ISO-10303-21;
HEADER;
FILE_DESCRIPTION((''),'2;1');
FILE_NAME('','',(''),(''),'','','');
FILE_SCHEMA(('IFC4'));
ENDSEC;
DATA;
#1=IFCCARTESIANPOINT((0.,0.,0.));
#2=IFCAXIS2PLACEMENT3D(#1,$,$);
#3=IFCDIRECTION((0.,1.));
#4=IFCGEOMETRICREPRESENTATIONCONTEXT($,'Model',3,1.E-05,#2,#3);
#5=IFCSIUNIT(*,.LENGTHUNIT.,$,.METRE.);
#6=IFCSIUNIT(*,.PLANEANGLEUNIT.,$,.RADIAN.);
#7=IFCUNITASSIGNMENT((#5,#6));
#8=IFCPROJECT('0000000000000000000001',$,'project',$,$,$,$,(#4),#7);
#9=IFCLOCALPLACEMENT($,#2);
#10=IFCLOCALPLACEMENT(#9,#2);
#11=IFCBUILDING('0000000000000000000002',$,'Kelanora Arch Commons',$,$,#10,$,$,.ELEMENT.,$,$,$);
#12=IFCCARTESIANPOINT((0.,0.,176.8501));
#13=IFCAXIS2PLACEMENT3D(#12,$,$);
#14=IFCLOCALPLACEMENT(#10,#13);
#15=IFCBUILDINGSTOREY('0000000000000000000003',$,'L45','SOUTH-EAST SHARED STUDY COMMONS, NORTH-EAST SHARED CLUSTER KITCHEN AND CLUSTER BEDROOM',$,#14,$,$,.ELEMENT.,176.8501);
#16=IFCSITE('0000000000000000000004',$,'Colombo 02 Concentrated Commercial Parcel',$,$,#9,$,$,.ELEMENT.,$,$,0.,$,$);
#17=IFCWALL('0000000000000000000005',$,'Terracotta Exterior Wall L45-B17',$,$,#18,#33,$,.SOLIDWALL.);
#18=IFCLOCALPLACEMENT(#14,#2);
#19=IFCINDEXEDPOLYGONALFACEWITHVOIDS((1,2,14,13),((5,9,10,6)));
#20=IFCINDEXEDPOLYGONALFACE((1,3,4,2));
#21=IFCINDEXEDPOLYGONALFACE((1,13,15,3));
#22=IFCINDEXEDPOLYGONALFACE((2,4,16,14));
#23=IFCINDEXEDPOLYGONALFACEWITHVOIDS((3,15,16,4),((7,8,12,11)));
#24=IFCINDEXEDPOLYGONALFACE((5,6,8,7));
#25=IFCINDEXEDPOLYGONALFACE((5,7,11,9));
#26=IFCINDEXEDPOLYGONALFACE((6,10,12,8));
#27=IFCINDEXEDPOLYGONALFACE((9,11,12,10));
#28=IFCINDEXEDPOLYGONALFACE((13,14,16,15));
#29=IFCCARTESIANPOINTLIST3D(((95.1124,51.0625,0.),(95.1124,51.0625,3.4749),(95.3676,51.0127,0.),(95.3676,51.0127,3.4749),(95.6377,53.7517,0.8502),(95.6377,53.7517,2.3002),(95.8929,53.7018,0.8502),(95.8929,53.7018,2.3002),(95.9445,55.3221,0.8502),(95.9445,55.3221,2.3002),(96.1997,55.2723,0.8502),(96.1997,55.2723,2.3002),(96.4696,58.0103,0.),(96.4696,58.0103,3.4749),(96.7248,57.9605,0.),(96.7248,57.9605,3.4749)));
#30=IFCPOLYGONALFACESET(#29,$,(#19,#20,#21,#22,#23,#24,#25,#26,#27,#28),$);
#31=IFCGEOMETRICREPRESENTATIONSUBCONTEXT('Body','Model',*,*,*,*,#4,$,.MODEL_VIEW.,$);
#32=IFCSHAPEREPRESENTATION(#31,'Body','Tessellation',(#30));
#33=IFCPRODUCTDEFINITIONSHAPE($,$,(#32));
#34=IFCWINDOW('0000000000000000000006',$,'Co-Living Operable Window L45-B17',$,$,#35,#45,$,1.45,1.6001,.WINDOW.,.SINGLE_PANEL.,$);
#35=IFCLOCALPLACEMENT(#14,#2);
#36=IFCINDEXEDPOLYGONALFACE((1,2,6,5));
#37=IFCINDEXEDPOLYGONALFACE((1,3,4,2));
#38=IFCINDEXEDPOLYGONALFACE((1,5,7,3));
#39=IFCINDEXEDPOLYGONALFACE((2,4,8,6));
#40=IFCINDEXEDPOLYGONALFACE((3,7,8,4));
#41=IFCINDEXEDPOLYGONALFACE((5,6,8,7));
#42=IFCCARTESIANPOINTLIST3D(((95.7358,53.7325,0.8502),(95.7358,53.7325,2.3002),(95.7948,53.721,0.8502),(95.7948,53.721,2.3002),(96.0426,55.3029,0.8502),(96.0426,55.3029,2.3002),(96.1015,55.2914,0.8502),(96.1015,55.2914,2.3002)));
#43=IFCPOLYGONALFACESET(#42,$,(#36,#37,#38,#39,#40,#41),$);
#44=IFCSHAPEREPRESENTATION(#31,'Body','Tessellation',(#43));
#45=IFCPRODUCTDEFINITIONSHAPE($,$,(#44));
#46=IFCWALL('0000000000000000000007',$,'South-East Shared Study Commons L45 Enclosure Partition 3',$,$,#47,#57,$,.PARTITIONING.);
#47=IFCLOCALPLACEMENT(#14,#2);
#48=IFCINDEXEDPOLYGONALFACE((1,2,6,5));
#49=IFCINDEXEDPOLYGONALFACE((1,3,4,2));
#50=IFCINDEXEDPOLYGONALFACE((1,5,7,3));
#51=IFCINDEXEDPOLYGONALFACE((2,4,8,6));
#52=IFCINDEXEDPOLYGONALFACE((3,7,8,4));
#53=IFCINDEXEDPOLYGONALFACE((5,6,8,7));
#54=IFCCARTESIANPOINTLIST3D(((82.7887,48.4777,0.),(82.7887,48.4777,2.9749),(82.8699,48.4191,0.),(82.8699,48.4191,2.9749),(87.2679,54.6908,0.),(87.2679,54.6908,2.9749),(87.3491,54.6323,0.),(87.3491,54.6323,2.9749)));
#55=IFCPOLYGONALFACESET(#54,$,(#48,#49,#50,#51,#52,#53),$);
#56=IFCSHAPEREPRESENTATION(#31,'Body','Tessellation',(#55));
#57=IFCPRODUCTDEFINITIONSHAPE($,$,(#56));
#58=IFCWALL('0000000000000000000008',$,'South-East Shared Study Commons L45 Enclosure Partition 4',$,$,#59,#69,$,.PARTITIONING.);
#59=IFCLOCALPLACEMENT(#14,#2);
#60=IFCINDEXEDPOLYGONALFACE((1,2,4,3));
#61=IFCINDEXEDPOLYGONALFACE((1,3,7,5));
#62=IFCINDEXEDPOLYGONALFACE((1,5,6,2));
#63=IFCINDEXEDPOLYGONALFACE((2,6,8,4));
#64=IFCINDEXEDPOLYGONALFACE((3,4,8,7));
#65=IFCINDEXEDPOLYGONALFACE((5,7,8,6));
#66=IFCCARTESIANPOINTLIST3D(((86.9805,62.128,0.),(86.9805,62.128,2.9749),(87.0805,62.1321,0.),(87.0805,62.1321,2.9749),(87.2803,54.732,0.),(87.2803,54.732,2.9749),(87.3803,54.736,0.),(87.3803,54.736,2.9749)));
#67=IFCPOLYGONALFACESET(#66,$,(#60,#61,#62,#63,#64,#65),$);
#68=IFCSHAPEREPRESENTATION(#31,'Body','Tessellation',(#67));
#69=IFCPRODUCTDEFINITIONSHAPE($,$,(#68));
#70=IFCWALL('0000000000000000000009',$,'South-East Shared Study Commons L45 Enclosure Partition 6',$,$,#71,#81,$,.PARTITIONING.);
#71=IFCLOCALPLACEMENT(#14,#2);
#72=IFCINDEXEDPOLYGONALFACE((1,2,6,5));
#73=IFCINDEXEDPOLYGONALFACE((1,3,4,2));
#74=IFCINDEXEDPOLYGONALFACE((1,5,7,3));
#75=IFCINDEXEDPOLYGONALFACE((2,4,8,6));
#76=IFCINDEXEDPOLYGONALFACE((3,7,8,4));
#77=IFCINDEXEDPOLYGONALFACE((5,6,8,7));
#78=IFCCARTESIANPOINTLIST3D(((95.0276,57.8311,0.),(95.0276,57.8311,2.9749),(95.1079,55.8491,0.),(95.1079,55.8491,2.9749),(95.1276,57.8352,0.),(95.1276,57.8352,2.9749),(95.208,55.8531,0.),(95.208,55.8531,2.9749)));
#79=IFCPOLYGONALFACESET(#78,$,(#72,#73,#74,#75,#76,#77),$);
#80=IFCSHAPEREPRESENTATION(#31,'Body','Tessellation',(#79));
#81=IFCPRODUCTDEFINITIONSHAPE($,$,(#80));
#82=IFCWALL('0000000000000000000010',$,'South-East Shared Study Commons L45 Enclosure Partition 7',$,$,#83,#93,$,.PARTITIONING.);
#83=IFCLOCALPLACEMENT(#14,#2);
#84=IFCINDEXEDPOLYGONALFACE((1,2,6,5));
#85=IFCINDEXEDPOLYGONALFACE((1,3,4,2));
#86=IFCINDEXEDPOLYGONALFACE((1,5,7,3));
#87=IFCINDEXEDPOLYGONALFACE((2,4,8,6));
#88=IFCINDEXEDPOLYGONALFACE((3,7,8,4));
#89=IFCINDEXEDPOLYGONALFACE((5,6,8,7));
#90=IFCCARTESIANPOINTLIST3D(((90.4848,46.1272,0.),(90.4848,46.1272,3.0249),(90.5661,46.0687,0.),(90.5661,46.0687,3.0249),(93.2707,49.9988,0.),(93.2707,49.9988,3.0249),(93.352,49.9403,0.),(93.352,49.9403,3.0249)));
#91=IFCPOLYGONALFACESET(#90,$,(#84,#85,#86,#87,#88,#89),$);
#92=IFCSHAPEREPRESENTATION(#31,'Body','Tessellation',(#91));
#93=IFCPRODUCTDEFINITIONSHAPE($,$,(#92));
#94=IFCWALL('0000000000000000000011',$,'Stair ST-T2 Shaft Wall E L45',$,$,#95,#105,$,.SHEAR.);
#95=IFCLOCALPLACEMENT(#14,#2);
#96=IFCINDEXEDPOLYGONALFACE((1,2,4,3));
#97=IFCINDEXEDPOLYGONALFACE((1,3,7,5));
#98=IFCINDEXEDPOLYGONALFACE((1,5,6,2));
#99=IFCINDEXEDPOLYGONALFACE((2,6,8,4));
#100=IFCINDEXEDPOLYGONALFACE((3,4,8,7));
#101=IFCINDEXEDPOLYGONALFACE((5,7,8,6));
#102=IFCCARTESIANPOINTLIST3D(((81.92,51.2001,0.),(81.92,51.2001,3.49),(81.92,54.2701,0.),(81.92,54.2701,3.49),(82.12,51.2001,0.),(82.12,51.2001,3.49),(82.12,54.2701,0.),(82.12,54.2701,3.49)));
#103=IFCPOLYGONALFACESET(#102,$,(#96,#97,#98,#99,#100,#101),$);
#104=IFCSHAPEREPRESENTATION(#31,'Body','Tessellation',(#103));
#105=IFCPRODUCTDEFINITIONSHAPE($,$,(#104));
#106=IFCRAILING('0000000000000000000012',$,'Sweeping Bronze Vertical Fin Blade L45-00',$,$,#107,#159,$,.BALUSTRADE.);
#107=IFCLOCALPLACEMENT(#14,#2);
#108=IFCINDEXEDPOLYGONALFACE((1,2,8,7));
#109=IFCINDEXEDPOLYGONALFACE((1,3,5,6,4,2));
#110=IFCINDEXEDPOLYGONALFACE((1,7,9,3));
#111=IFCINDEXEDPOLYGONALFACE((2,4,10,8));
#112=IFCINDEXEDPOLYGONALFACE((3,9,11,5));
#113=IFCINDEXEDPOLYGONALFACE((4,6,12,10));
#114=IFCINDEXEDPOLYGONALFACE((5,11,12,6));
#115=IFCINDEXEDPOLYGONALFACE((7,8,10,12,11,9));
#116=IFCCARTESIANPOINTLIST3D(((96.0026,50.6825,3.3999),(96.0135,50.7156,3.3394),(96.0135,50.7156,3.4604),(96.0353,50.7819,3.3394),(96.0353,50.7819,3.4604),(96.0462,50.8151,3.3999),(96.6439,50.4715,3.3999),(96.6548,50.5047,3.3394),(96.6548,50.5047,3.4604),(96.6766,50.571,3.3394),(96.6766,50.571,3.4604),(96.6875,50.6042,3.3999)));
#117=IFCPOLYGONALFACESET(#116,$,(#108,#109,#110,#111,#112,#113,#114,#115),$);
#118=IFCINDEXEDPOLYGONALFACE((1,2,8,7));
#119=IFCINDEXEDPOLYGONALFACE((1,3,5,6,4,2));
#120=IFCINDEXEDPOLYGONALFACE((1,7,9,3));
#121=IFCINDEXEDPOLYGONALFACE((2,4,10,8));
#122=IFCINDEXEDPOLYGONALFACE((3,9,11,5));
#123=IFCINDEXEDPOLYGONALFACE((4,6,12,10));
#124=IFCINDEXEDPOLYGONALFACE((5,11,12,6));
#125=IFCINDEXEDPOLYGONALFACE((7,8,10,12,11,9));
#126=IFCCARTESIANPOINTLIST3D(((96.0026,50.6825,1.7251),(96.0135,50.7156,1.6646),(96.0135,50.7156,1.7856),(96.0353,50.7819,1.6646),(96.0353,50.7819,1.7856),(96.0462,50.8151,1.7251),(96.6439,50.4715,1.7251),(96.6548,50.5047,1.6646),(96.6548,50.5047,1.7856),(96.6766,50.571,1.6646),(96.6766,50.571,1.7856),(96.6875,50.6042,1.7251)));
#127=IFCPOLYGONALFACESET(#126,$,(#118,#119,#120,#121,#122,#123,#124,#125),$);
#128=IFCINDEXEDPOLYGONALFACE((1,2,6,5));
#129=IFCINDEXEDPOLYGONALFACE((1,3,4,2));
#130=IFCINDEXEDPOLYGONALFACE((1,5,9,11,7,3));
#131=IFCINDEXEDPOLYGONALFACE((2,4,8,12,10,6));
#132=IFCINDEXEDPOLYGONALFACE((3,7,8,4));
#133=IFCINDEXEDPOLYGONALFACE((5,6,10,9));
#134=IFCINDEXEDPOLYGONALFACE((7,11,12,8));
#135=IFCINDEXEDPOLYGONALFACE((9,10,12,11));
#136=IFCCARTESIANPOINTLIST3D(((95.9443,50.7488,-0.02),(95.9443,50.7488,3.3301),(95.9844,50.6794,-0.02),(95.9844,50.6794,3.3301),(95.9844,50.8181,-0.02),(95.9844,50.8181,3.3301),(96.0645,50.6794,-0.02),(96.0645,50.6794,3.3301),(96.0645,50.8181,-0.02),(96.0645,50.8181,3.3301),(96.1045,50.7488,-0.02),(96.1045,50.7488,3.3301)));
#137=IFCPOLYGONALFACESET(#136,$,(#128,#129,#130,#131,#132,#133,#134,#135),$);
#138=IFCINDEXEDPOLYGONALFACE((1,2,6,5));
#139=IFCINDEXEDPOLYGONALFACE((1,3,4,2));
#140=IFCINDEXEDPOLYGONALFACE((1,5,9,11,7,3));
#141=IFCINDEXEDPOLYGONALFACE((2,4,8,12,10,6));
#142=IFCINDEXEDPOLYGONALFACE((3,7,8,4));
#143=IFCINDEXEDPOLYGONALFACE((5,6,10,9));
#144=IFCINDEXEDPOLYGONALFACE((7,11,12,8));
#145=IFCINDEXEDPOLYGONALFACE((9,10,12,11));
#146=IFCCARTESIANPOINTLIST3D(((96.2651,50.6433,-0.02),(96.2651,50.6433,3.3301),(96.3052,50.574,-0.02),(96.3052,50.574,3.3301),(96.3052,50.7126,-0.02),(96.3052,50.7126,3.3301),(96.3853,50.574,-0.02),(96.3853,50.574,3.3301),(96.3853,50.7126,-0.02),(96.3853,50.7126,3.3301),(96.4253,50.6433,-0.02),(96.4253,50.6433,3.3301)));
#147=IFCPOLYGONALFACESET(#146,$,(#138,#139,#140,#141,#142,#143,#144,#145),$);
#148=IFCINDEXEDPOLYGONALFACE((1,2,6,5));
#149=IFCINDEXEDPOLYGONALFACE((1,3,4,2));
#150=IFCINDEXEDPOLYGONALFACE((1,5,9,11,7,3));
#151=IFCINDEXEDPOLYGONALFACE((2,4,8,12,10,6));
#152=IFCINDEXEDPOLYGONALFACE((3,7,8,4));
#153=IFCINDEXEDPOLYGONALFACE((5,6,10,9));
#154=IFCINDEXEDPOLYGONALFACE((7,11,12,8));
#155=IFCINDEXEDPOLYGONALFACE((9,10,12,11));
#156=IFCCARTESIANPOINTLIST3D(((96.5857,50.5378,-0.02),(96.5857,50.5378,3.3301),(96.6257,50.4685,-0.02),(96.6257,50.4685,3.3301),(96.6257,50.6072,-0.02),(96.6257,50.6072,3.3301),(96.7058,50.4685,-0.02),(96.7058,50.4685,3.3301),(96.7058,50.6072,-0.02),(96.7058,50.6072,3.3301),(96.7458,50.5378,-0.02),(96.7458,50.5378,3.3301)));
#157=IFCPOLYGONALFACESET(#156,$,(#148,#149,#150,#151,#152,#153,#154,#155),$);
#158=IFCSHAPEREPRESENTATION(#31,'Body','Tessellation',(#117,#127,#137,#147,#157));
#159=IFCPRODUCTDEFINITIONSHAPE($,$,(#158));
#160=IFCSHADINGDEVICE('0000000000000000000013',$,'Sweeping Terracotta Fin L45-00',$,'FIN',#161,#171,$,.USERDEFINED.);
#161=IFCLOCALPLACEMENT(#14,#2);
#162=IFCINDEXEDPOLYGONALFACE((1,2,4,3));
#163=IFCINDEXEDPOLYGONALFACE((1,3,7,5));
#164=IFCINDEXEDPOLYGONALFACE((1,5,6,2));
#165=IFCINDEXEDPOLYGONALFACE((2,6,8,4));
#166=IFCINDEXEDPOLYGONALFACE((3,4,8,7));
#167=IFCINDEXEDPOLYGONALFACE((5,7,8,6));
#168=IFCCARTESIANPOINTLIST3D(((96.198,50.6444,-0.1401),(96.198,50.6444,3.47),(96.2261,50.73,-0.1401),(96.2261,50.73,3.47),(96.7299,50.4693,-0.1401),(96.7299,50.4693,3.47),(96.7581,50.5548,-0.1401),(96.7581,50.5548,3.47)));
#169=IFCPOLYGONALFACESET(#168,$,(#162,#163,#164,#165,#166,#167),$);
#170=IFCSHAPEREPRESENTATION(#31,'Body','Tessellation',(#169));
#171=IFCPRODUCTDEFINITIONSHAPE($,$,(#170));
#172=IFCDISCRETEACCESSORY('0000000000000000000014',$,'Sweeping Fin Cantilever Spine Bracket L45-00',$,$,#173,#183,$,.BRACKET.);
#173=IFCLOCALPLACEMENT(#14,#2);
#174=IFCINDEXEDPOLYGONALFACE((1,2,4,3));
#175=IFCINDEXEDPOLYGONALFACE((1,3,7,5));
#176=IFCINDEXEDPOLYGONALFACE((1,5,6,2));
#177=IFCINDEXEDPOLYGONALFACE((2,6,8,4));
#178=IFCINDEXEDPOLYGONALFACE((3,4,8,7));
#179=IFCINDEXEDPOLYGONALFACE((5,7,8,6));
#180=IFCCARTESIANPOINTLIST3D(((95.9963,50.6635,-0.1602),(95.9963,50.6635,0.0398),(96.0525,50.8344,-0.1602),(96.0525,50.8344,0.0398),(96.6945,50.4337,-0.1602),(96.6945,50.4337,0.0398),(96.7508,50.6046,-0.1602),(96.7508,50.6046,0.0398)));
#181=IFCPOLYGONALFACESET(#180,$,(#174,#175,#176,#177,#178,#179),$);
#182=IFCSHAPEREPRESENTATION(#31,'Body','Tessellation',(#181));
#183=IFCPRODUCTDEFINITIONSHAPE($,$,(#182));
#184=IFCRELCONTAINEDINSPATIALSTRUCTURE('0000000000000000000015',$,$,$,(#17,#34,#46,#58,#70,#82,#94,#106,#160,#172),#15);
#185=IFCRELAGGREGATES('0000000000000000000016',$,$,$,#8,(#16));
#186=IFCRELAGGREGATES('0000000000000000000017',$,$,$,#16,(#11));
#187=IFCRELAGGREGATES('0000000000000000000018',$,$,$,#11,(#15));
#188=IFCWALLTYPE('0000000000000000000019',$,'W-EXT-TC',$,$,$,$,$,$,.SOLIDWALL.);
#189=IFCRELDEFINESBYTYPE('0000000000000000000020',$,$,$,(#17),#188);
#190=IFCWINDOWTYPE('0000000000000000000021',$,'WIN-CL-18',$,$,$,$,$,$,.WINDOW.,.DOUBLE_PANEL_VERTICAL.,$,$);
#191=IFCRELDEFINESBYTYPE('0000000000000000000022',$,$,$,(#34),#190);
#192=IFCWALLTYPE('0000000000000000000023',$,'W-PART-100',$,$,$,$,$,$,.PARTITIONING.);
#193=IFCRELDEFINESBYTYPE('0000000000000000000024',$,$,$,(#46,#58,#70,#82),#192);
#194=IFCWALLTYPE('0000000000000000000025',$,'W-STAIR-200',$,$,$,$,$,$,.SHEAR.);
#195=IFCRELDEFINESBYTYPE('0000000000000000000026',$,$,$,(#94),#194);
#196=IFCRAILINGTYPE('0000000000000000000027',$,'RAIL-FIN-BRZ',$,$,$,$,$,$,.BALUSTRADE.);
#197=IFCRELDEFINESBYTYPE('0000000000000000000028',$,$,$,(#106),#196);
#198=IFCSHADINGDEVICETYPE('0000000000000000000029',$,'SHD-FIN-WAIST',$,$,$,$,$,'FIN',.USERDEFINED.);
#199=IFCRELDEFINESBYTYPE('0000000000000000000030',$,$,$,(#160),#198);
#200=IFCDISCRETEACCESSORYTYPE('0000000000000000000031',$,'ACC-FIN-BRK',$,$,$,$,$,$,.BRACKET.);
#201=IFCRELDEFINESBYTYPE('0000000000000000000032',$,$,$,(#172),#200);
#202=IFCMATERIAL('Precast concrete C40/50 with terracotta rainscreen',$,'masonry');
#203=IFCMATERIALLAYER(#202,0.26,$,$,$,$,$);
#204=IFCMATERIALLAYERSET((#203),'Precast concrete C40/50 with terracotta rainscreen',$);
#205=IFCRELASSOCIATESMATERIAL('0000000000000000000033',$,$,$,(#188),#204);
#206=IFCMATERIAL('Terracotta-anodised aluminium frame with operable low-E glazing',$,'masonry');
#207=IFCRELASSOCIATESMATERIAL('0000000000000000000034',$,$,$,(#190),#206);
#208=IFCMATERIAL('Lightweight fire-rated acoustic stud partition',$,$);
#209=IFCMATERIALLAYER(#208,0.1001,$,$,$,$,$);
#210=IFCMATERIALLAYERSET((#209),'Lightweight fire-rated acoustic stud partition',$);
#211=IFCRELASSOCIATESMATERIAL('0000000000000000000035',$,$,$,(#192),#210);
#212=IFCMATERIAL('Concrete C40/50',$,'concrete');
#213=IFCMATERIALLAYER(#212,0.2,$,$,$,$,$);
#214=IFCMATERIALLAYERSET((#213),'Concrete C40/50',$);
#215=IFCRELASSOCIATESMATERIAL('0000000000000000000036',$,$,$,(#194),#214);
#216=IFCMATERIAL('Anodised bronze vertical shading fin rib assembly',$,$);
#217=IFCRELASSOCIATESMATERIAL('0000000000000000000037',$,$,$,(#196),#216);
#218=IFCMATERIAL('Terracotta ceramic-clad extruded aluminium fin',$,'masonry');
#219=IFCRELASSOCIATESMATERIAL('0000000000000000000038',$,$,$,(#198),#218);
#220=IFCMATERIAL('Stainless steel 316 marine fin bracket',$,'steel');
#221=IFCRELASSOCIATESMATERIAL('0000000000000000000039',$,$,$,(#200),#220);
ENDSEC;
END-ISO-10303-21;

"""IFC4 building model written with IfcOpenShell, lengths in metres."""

from ifc_helpers import new_model, si_unit, direction, frame, frame_2d, origin, origin_2d, place, context, subcontext, project, spatial, polyline, rectangle, outline, extrude, source, transform, mapped, material, layer, layer_set, type_object, element, fill, save


model = new_model("IFC4")

# Units and contexts
model_context = context("Model", 3, precision=1e-05, world=origin(), true_north=direction((0.0, 1.0)))
body_context = subcontext(model_context, "Body", "Model", "MODEL_VIEW")
ifc_project = project(units=[si_unit("LENGTHUNIT", "METRE"), si_unit("PLANEANGLEUNIT", "RADIAN")], contexts=[model_context])

# Site, building, storey
site_placement = place(None, origin())
site = spatial("IfcSite", under=ifc_project, at=site_placement, Name="Colombo 02 Concentrated Commercial Parcel", CompositionType="ELEMENT", RefElevation=0.0)
building_placement = place(site_placement, origin())
building = spatial("IfcBuilding", under=site, at=building_placement, Name="Kelanora Arch Commons", CompositionType="ELEMENT")
storey_placement = place(building_placement, frame((0.0, 0.0, 176.8501)))
storey = spatial("IfcBuildingStorey", under=building, at=storey_placement, Name="L45", Description="SOUTH-EAST SHARED STUDY COMMONS, NORTH-EAST SHARED CLUSTER KITCHEN AND CLUSTER BEDROOM", CompositionType="ELEMENT", Elevation=176.8501)

# Wall, opening, window
ifc_material_1 = material(Name="Precast concrete C40/50 with terracotta rainscreen", Category="masonry")
ifc_layer_1 = layer(ifc_material_1, 0.26)
ifc_layer_set_1 = layer_set([ifc_layer_1], Name="Precast concrete C40/50 with terracotta rainscreen")
wall_type_1 = type_object("IfcWallType", Name="W-EXT-TC", PredefinedType="SOLIDWALL", material=ifc_layer_set_1)
wall_1_placement = place(storey_placement, frame((95.24, 51.0376, 0.0), z_axis=(0.0, 0.0, 1.0), x_axis=(0.191717, 0.98145, 0.0)))
wall_1 = element("IfcWall", 1, at=wall_1_placement, inside=storey, type_object=wall_type_1, Name="Terracotta Exterior Wall L45-B17", PredefinedType="SOLIDWALL", context=body_context, shape_type="SweptSolid", body=[
    extrude(rectangle(XDim=7.0791, YDim=0.26, at=frame_2d((3.5396, 0.0))), origin(), (0.0, 0.0, 1.0), 3.4749),
])
opening_placement = place(wall_1_placement, frame((2.74, 0.0, 0.8501)))
opening = element("IfcOpeningElement", 2, at=opening_placement, cuts=wall_1, PredefinedType="OPENING", context=body_context, shape_type="SweptSolid", body=[
    extrude(rectangle(XDim=1.6001, YDim=1.45, at=frame_2d((0.8, 0.7251))), frame((0.0, 0.1401, 0.0), z_axis=(0.0, -1.0, 0.0), x_axis=(1.0, 0.0, 0.0)), (0.0, 0.0, 1.0), 0.28),
])
ifc_material_2 = material(Name="Terracotta-anodised aluminium frame with operable low-E glazing", Category="masonry")
window_type = type_object("IfcWindowType", Name="WIN-CL-18", PartitioningType="DOUBLE_PANEL_VERTICAL", PredefinedType="WINDOW", material=ifc_material_2)
window_placement = place(opening_placement, origin())
window = element("IfcWindow", 3, at=window_placement, inside=storey, type_object=window_type, Name="Co-Living Operable Window L45-B17", OverallHeight=1.45, OverallWidth=1.6001, PartitioningType="SINGLE_PANEL", PredefinedType="WINDOW", context=body_context, shape_type="SweptSolid", body=[
    extrude(rectangle(XDim=1.6001, YDim=1.45, at=frame_2d((0.8, 0.7251))), frame((0.0, 0.03, 0.0), z_axis=(0.0, -1.0, 0.0), x_axis=(1.0, 0.0, 0.0)), (0.0, 0.0, 1.0), 0.0601),
])
fill(opening, window)

# Walls
ifc_material_3 = material(Name="Lightweight fire-rated acoustic stud partition")
ifc_layer_2 = layer(ifc_material_3, 0.1001)
ifc_layer_set_2 = layer_set([ifc_layer_2], Name="Lightweight fire-rated acoustic stud partition")
wall_type_2 = type_object("IfcWallType", Name="W-PART-100", PredefinedType="PARTITIONING", material=ifc_layer_set_2)
wall_2_placement = place(storey_placement, frame((82.8293, 48.4485, 0.0), z_axis=(0.0, 0.0, 1.0), x_axis=(0.584803, 0.811176, 0.0)))
element("IfcWall", 4, at=wall_2_placement, inside=storey, type_object=wall_type_2, Name="South-East Shared Study Commons L45 Enclosure Partition 3", PredefinedType="PARTITIONING", context=body_context, shape_type="SweptSolid", body=[
    extrude(rectangle(XDim=7.6594, YDim=0.1001, at=frame_2d((3.8296, 0.0))), origin(), (0.0, 0.0, 1.0), 2.9749),
])
wall_3_placement = place(storey_placement, frame((87.3303, 54.7339, 0.0), z_axis=(0.0, 0.0, 1.0), x_axis=(-0.040503, 0.999179, 0.0)))
element("IfcWall", 5, at=wall_3_placement, inside=storey, type_object=wall_type_2, Name="South-East Shared Study Commons L45 Enclosure Partition 4", PredefinedType="PARTITIONING", context=body_context, shape_type="SweptSolid", body=[
    extrude(rectangle(XDim=7.4021, YDim=0.1001, at=frame_2d((3.7012, 0.0))), origin(), (0.0, 0.0, 1.0), 2.9749),
])
wall_4_placement = place(storey_placement, frame((95.0776, 57.833, 0.0), z_axis=(0.0, 0.0, 1.0), x_axis=(0.040494, -0.99918, 0.0)))
element("IfcWall", 6, at=wall_4_placement, inside=storey, type_object=wall_type_2, Name="South-East Shared Study Commons L45 Enclosure Partition 6", PredefinedType="PARTITIONING", context=body_context, shape_type="SweptSolid", body=[
    extrude(rectangle(XDim=1.9836, YDim=0.1001, at=frame_2d((0.9917, 0.0))), origin(), (0.0, 0.0, 1.0), 2.9749),
])
wall_5_placement = place(storey_placement, frame((93.3113, 49.9695, 0.0), z_axis=(0.0, 0.0, 1.0), x_axis=(-0.584077, -0.811698, 0.0)))
element("IfcWall", 7, at=wall_5_placement, inside=storey, type_object=wall_type_2, Name="South-East Shared Study Commons L45 Enclosure Partition 7", PredefinedType="PARTITIONING", context=body_context, shape_type="SweptSolid", body=[
    extrude(rectangle(XDim=4.7698, YDim=0.1001, at=frame_2d((2.3848, 0.0))), origin(), (0.0, 0.0, 1.0), 3.0249),
])
ifc_material_4 = material(Name="Concrete C40/50", Category="concrete")
ifc_layer_3 = layer(ifc_material_4, 0.2)
ifc_layer_set_3 = layer_set([ifc_layer_3], Name="Concrete C40/50")
wall_type_3 = type_object("IfcWallType", Name="W-STAIR-200", PredefinedType="SHEAR", material=ifc_layer_set_3)
wall_6_placement = place(storey_placement, frame((82.02, 51.2, 0.0), z_axis=(0.0, 0.0, 1.0), x_axis=(0.0, 1.0, 0.0)))
element("IfcWall", 8, at=wall_6_placement, inside=storey, type_object=wall_type_3, Name="Stair ST-T2 Shaft Wall E L45", PredefinedType="SHEAR", context=body_context, shape_type="SweptSolid", body=[
    extrude(rectangle(XDim=3.0701, YDim=0.2, at=frame_2d((1.5352, 0.0))), origin(), (0.0, 0.0, 1.0), 3.49),
])

# Railing
ifc_material_5 = material(Name="Anodised bronze vertical shading fin rib assembly")
railing_type_1 = type_object("IfcRailingType", Name="RAIL-FIN-BRZ", PredefinedType="BALUSTRADE", material=ifc_material_5)
railing_1_placement = place(storey_placement, frame((96.0244, 50.7488, -0.02)))
element("IfcRailing", 9, at=railing_1_placement, inside=storey, type_object=railing_type_1, Name="Sweeping Bronze Vertical Fin Blade L45-00", PredefinedType="BALUSTRADE", context=body_context, shape_type="SweptSolid", body=[
    extrude(outline(polyline([(0.0698, 0.0), (0.0349, 0.0605), (-0.0349, 0.0605), (-0.0698, 0.0), (-0.0349, -0.0605), (0.0349, -0.0605), (0.0698, 0.0)])), frame((0.0, 0.0, 3.4199), z_axis=(0.949941, -0.312428, 0.0), x_axis=(0.312428, 0.949941, 0.0)), (0.0, 0.0, 1.0), 0.675),
    extrude(outline(polyline([(0.0698, 0.0), (0.0349, 0.0605), (-0.0349, 0.0605), (-0.0698, 0.0), (-0.0349, -0.0605), (0.0349, -0.0605), (0.0698, 0.0)])), frame((0.0, 0.0, 1.7451), z_axis=(0.949941, -0.312428, 0.0), x_axis=(0.312428, 0.949941, 0.0)), (0.0, 0.0, 1.0), 0.675),
    extrude(outline(polyline([(0.0801, 0.0), (0.04, 0.0693), (-0.04, 0.0693), (-0.0801, 0.0), (-0.04, -0.0693), (0.04, -0.0693), (0.0801, 0.0)])), origin(), (0.0, 0.0, 1.0), 3.3501),
    extrude(outline(polyline([(0.0801, 0.0), (0.04, 0.0693), (-0.04, 0.0693), (-0.0801, 0.0), (-0.04, -0.0693), (0.04, -0.0693), (0.0801, 0.0)])), frame((0.3208, -0.1055, 0.0)), (0.0, 0.0, 1.0), 3.3501),
    extrude(outline(polyline([(0.0801, 0.0), (0.04, 0.0693), (-0.04, 0.0693), (-0.0801, 0.0), (-0.04, -0.0693), (0.04, -0.0693), (0.0801, 0.0)])), frame((0.6414, -0.2109, 0.0)), (0.0, 0.0, 1.0), 3.3501),
])

# Shading device
ifc_material_6 = material(Name="Terracotta ceramic-clad extruded aluminium fin", Category="masonry")
shading_device_type = type_object("IfcShadingDeviceType", Name="SHD-FIN-WAIST", ElementType="FIN", PredefinedType="USERDEFINED", material=ifc_material_6)
shared_shape_1 = source(origin(), body_context, "Body", "SweptSolid", [
    extrude(rectangle(XDim=0.5601, YDim=0.0901, at=origin_2d()), origin(), (0.0, 0.0, 1.0), 3.6101),
])
shading_device_placement = place(storey_placement, frame((96.478, 50.5996, -0.1401), z_axis=(0.0, 0.0, 1.0), x_axis=(0.949863, -0.312667, 0.0)))
element("IfcShadingDevice", 10, at=shading_device_placement, inside=storey, type_object=shading_device_type, Name="Sweeping Terracotta Fin L45-00", ObjectType="FIN", PredefinedType="USERDEFINED", context=body_context, shape_type="MappedRepresentation", body=[
    mapped(shared_shape_1, transform((0.0, 0.0, 0.0), scale=1.0)),
])

# Discrete accessory
ifc_material_7 = material(Name="Stainless steel 316 marine fin bracket", Category="steel")
discrete_accessory_type = type_object("IfcDiscreteAccessoryType", Name="ACC-FIN-BRK", PredefinedType="BRACKET", material=ifc_material_7)
shared_shape_2 = source(origin(), body_context, "Body", "SweptSolid", [
    extrude(rectangle(XDim=0.7351, YDim=0.1799, at=origin_2d()), origin(), (0.0, 0.0, 1.0), 0.2),
])
discrete_accessory_placement = place(storey_placement, frame((96.3735, 50.634, -0.1602), z_axis=(0.0, 0.0, 1.0), x_axis=(0.949863, -0.312667, 0.0)))
element("IfcDiscreteAccessory", 11, at=discrete_accessory_placement, inside=storey, type_object=discrete_accessory_type, Name="Sweeping Fin Cantilever Spine Bracket L45-00", PredefinedType="BRACKET", context=body_context, shape_type="MappedRepresentation", body=[
    mapped(shared_shape_2, transform((0.0, 0.0, 0.0), scale=1.0)),
])

save(model, "model.ifc")
